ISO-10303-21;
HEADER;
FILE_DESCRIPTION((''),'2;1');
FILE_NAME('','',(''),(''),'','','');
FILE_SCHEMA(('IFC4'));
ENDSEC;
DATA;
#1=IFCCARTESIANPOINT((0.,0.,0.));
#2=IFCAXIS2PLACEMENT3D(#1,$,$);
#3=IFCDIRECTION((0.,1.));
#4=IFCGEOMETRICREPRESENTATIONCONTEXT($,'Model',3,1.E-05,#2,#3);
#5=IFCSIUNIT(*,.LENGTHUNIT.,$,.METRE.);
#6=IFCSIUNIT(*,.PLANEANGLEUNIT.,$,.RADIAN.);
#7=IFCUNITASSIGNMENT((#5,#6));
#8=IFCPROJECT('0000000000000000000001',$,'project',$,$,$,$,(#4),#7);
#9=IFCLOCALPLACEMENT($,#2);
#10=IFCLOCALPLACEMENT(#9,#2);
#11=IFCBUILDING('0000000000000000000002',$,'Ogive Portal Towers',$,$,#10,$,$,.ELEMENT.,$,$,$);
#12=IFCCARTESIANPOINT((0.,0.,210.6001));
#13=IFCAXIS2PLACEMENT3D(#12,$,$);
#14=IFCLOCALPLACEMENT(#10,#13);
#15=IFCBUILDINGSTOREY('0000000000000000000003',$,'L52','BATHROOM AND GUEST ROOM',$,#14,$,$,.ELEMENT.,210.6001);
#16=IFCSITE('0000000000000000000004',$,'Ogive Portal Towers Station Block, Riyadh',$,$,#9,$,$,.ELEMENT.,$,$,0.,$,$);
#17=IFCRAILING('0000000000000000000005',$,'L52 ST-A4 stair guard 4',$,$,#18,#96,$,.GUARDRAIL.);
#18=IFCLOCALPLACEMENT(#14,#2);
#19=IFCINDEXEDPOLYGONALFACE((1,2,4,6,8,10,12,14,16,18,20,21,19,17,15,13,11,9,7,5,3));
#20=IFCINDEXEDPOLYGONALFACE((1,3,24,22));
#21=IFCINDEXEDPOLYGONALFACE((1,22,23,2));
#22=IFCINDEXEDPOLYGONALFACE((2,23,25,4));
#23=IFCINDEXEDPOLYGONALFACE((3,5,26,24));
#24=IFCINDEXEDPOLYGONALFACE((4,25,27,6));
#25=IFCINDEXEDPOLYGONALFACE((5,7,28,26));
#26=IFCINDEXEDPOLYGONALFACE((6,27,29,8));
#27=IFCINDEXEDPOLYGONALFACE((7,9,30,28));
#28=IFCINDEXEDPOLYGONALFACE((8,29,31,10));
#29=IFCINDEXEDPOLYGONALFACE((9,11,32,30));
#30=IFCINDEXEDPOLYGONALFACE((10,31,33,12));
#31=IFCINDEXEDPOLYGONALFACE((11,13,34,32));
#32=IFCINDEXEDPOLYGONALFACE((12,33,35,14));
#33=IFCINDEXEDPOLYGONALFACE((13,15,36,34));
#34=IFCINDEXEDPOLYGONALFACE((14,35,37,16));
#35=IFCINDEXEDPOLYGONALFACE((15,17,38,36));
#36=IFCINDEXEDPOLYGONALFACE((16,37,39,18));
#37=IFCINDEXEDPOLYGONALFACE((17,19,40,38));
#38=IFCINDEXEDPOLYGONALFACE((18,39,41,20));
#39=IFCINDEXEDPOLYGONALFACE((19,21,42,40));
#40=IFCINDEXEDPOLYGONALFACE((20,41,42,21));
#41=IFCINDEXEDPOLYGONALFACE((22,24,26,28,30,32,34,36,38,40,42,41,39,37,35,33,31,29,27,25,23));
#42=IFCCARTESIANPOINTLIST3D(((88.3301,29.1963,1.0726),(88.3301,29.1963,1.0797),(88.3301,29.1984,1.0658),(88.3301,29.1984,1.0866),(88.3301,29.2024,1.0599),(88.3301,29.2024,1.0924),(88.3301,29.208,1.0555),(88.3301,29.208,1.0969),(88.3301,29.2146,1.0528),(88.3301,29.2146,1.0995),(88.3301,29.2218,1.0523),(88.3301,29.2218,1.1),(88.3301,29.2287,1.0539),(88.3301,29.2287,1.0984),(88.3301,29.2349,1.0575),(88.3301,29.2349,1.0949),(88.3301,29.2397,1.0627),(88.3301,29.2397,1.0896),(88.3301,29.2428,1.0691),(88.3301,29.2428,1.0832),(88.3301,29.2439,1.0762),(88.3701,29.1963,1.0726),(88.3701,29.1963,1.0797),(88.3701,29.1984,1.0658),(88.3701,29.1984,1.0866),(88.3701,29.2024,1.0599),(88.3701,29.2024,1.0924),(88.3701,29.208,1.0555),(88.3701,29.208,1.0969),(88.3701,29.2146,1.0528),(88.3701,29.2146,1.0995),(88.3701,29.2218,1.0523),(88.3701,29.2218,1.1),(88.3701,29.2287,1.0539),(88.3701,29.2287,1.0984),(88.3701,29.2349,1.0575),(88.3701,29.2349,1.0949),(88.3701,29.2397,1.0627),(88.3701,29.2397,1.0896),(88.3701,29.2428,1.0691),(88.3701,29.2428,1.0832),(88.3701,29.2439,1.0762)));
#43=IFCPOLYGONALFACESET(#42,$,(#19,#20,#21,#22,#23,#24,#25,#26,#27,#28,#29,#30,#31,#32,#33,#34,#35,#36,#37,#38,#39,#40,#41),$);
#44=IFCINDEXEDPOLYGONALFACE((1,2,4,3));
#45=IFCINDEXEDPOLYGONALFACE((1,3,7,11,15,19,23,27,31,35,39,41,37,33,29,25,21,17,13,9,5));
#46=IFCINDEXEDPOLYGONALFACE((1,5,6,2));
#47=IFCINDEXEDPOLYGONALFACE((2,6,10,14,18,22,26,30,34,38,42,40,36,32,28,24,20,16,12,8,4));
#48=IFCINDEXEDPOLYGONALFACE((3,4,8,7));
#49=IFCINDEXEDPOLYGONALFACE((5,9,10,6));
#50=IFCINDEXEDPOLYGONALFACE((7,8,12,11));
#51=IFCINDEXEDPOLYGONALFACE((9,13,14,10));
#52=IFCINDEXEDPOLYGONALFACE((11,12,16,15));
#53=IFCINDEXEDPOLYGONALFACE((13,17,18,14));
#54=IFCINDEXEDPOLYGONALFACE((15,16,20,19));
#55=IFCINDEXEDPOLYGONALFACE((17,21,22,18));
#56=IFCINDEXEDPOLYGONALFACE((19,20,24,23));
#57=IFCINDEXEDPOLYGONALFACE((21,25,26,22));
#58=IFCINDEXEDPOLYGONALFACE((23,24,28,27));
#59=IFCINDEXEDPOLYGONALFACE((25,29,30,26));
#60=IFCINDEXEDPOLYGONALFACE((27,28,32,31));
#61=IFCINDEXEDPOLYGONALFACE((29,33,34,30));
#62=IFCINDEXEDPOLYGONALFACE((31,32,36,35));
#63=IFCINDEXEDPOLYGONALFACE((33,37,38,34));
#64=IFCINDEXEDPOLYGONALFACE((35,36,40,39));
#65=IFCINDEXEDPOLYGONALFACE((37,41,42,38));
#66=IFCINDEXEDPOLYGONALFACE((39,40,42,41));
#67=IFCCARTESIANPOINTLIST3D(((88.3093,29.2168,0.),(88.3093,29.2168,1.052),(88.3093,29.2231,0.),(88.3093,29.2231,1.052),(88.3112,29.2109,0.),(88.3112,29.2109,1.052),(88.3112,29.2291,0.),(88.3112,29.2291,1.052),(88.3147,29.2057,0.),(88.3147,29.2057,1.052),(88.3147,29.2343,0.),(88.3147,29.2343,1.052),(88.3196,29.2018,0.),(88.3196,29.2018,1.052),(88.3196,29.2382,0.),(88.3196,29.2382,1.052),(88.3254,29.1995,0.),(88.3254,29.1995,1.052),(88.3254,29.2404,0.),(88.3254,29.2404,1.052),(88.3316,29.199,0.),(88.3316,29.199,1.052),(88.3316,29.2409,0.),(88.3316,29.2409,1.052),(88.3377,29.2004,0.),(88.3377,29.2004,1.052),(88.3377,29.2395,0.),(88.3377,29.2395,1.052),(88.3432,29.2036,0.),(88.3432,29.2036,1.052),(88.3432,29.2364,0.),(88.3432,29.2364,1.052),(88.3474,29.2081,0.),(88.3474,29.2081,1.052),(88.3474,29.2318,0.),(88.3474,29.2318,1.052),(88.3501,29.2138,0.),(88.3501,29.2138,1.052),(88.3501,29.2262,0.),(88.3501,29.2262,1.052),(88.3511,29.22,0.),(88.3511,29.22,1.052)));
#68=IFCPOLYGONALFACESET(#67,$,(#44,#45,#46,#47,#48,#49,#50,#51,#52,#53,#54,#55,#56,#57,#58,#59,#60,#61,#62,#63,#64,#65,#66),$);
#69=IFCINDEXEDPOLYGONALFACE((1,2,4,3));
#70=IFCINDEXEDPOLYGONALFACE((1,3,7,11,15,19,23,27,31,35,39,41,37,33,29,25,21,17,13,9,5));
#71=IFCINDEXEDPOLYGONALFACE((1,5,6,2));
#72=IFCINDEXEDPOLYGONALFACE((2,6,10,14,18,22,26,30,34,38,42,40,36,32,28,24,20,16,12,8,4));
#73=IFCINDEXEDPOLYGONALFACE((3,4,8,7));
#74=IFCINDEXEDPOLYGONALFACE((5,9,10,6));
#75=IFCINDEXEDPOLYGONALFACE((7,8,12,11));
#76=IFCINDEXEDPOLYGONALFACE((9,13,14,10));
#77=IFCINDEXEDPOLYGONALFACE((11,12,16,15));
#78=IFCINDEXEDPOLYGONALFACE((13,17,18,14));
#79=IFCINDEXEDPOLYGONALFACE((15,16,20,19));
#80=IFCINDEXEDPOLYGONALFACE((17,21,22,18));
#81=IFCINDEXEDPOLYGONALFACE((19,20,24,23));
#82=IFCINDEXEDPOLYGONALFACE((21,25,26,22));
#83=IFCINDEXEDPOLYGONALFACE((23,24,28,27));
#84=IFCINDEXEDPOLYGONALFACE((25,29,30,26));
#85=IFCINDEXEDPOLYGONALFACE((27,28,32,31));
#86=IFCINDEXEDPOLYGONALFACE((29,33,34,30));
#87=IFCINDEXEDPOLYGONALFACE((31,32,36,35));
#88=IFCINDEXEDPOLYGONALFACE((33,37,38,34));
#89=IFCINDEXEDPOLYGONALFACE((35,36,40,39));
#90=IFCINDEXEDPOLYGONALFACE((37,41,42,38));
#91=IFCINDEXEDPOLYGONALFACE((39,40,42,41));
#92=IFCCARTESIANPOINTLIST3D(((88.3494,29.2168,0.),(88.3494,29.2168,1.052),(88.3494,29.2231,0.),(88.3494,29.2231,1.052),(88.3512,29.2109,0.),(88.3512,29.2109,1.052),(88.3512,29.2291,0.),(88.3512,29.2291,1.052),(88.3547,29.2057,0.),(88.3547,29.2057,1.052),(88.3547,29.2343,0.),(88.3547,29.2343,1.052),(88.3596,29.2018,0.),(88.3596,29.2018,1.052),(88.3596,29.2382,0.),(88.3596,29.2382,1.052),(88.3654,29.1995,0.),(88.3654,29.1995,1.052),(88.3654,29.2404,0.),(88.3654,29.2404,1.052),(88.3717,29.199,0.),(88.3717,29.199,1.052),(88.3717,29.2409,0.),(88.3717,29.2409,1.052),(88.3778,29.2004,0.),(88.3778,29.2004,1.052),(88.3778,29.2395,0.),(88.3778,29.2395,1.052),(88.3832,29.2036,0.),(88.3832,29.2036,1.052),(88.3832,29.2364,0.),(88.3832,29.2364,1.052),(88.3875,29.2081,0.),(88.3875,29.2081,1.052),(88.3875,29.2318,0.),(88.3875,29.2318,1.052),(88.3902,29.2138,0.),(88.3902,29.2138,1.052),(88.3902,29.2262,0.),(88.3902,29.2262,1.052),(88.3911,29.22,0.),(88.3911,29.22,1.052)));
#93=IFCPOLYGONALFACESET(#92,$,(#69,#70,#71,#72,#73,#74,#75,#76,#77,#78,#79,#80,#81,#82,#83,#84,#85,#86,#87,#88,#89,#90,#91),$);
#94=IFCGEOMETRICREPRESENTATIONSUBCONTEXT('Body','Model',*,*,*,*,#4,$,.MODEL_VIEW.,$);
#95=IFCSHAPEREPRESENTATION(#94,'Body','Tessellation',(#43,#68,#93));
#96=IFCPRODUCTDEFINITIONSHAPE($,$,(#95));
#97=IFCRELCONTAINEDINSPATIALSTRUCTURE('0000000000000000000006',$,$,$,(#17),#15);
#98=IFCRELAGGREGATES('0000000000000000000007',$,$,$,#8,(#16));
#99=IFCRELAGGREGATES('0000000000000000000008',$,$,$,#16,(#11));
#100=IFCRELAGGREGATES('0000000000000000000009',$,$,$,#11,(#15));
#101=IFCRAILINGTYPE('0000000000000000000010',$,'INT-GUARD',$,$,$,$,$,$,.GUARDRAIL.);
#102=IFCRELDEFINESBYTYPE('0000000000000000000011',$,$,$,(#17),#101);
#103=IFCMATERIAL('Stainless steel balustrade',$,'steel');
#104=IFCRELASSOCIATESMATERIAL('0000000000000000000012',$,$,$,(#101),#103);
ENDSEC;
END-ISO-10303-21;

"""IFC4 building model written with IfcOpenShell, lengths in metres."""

from ifc_helpers import new_model, si_unit, direction, frame, origin, origin_2d, place, context, subcontext, project, spatial, circle, extrude, material, type_object, element, save


model = new_model("IFC4")

# Units and contexts
model_context = context("Model", 3, precision=1e-05, world=origin(), true_north=direction((0.0, 1.0)))
body_context = subcontext(model_context, "Body", "Model", "MODEL_VIEW")
ifc_project = project(units=[si_unit("LENGTHUNIT", "METRE"), si_unit("PLANEANGLEUNIT", "RADIAN")], contexts=[model_context])

# Site, building, storey
site_placement = place(None, origin())
site = spatial("IfcSite", under=ifc_project, at=site_placement, Name="Ogive Portal Towers Station Block, Riyadh", CompositionType="ELEMENT", RefElevation=0.0)
building_placement = place(site_placement, origin())
building = spatial("IfcBuilding", under=site, at=building_placement, Name="Ogive Portal Towers", CompositionType="ELEMENT")
storey_placement = place(building_placement, frame((0.0, 0.0, 210.6001)))
storey = spatial("IfcBuildingStorey", under=building, at=storey_placement, Name="L52", Description="BATHROOM AND GUEST ROOM", CompositionType="ELEMENT", Elevation=210.6001)

# Railing
ifc_material_1 = material(Name="Stainless steel balustrade", Category="steel")
railing_type_1 = type_object("IfcRailingType", Name="INT-GUARD", PredefinedType="GUARDRAIL", material=ifc_material_1)
railing_1_placement = place(storey_placement, frame((88.3301, 29.22, 0.0)))
element("IfcRailing", 1, at=railing_1_placement, inside=storey, type_object=railing_type_1, Name="L52 ST-A4 stair guard 4", PredefinedType="GUARDRAIL", context=body_context, shape_type="SweptSolid", body=[
    extrude(circle(Radius=0.0239, at=origin_2d()), frame((0.0, 0.0, 1.0762), z_axis=(1.0, 0.0, 0.0), x_axis=(0.0, 1.0, 0.0)), (0.0, 0.0, 1.0), 0.04),
    extrude(circle(Radius=0.021, at=origin_2d()), origin(), (0.0, 0.0, 1.0), 1.052),
    extrude(circle(Radius=0.021, at=origin_2d()), frame((0.04, 0.0, 0.0)), (0.0, 0.0, 1.0), 1.052),
])

save(model, "model.ifc")
